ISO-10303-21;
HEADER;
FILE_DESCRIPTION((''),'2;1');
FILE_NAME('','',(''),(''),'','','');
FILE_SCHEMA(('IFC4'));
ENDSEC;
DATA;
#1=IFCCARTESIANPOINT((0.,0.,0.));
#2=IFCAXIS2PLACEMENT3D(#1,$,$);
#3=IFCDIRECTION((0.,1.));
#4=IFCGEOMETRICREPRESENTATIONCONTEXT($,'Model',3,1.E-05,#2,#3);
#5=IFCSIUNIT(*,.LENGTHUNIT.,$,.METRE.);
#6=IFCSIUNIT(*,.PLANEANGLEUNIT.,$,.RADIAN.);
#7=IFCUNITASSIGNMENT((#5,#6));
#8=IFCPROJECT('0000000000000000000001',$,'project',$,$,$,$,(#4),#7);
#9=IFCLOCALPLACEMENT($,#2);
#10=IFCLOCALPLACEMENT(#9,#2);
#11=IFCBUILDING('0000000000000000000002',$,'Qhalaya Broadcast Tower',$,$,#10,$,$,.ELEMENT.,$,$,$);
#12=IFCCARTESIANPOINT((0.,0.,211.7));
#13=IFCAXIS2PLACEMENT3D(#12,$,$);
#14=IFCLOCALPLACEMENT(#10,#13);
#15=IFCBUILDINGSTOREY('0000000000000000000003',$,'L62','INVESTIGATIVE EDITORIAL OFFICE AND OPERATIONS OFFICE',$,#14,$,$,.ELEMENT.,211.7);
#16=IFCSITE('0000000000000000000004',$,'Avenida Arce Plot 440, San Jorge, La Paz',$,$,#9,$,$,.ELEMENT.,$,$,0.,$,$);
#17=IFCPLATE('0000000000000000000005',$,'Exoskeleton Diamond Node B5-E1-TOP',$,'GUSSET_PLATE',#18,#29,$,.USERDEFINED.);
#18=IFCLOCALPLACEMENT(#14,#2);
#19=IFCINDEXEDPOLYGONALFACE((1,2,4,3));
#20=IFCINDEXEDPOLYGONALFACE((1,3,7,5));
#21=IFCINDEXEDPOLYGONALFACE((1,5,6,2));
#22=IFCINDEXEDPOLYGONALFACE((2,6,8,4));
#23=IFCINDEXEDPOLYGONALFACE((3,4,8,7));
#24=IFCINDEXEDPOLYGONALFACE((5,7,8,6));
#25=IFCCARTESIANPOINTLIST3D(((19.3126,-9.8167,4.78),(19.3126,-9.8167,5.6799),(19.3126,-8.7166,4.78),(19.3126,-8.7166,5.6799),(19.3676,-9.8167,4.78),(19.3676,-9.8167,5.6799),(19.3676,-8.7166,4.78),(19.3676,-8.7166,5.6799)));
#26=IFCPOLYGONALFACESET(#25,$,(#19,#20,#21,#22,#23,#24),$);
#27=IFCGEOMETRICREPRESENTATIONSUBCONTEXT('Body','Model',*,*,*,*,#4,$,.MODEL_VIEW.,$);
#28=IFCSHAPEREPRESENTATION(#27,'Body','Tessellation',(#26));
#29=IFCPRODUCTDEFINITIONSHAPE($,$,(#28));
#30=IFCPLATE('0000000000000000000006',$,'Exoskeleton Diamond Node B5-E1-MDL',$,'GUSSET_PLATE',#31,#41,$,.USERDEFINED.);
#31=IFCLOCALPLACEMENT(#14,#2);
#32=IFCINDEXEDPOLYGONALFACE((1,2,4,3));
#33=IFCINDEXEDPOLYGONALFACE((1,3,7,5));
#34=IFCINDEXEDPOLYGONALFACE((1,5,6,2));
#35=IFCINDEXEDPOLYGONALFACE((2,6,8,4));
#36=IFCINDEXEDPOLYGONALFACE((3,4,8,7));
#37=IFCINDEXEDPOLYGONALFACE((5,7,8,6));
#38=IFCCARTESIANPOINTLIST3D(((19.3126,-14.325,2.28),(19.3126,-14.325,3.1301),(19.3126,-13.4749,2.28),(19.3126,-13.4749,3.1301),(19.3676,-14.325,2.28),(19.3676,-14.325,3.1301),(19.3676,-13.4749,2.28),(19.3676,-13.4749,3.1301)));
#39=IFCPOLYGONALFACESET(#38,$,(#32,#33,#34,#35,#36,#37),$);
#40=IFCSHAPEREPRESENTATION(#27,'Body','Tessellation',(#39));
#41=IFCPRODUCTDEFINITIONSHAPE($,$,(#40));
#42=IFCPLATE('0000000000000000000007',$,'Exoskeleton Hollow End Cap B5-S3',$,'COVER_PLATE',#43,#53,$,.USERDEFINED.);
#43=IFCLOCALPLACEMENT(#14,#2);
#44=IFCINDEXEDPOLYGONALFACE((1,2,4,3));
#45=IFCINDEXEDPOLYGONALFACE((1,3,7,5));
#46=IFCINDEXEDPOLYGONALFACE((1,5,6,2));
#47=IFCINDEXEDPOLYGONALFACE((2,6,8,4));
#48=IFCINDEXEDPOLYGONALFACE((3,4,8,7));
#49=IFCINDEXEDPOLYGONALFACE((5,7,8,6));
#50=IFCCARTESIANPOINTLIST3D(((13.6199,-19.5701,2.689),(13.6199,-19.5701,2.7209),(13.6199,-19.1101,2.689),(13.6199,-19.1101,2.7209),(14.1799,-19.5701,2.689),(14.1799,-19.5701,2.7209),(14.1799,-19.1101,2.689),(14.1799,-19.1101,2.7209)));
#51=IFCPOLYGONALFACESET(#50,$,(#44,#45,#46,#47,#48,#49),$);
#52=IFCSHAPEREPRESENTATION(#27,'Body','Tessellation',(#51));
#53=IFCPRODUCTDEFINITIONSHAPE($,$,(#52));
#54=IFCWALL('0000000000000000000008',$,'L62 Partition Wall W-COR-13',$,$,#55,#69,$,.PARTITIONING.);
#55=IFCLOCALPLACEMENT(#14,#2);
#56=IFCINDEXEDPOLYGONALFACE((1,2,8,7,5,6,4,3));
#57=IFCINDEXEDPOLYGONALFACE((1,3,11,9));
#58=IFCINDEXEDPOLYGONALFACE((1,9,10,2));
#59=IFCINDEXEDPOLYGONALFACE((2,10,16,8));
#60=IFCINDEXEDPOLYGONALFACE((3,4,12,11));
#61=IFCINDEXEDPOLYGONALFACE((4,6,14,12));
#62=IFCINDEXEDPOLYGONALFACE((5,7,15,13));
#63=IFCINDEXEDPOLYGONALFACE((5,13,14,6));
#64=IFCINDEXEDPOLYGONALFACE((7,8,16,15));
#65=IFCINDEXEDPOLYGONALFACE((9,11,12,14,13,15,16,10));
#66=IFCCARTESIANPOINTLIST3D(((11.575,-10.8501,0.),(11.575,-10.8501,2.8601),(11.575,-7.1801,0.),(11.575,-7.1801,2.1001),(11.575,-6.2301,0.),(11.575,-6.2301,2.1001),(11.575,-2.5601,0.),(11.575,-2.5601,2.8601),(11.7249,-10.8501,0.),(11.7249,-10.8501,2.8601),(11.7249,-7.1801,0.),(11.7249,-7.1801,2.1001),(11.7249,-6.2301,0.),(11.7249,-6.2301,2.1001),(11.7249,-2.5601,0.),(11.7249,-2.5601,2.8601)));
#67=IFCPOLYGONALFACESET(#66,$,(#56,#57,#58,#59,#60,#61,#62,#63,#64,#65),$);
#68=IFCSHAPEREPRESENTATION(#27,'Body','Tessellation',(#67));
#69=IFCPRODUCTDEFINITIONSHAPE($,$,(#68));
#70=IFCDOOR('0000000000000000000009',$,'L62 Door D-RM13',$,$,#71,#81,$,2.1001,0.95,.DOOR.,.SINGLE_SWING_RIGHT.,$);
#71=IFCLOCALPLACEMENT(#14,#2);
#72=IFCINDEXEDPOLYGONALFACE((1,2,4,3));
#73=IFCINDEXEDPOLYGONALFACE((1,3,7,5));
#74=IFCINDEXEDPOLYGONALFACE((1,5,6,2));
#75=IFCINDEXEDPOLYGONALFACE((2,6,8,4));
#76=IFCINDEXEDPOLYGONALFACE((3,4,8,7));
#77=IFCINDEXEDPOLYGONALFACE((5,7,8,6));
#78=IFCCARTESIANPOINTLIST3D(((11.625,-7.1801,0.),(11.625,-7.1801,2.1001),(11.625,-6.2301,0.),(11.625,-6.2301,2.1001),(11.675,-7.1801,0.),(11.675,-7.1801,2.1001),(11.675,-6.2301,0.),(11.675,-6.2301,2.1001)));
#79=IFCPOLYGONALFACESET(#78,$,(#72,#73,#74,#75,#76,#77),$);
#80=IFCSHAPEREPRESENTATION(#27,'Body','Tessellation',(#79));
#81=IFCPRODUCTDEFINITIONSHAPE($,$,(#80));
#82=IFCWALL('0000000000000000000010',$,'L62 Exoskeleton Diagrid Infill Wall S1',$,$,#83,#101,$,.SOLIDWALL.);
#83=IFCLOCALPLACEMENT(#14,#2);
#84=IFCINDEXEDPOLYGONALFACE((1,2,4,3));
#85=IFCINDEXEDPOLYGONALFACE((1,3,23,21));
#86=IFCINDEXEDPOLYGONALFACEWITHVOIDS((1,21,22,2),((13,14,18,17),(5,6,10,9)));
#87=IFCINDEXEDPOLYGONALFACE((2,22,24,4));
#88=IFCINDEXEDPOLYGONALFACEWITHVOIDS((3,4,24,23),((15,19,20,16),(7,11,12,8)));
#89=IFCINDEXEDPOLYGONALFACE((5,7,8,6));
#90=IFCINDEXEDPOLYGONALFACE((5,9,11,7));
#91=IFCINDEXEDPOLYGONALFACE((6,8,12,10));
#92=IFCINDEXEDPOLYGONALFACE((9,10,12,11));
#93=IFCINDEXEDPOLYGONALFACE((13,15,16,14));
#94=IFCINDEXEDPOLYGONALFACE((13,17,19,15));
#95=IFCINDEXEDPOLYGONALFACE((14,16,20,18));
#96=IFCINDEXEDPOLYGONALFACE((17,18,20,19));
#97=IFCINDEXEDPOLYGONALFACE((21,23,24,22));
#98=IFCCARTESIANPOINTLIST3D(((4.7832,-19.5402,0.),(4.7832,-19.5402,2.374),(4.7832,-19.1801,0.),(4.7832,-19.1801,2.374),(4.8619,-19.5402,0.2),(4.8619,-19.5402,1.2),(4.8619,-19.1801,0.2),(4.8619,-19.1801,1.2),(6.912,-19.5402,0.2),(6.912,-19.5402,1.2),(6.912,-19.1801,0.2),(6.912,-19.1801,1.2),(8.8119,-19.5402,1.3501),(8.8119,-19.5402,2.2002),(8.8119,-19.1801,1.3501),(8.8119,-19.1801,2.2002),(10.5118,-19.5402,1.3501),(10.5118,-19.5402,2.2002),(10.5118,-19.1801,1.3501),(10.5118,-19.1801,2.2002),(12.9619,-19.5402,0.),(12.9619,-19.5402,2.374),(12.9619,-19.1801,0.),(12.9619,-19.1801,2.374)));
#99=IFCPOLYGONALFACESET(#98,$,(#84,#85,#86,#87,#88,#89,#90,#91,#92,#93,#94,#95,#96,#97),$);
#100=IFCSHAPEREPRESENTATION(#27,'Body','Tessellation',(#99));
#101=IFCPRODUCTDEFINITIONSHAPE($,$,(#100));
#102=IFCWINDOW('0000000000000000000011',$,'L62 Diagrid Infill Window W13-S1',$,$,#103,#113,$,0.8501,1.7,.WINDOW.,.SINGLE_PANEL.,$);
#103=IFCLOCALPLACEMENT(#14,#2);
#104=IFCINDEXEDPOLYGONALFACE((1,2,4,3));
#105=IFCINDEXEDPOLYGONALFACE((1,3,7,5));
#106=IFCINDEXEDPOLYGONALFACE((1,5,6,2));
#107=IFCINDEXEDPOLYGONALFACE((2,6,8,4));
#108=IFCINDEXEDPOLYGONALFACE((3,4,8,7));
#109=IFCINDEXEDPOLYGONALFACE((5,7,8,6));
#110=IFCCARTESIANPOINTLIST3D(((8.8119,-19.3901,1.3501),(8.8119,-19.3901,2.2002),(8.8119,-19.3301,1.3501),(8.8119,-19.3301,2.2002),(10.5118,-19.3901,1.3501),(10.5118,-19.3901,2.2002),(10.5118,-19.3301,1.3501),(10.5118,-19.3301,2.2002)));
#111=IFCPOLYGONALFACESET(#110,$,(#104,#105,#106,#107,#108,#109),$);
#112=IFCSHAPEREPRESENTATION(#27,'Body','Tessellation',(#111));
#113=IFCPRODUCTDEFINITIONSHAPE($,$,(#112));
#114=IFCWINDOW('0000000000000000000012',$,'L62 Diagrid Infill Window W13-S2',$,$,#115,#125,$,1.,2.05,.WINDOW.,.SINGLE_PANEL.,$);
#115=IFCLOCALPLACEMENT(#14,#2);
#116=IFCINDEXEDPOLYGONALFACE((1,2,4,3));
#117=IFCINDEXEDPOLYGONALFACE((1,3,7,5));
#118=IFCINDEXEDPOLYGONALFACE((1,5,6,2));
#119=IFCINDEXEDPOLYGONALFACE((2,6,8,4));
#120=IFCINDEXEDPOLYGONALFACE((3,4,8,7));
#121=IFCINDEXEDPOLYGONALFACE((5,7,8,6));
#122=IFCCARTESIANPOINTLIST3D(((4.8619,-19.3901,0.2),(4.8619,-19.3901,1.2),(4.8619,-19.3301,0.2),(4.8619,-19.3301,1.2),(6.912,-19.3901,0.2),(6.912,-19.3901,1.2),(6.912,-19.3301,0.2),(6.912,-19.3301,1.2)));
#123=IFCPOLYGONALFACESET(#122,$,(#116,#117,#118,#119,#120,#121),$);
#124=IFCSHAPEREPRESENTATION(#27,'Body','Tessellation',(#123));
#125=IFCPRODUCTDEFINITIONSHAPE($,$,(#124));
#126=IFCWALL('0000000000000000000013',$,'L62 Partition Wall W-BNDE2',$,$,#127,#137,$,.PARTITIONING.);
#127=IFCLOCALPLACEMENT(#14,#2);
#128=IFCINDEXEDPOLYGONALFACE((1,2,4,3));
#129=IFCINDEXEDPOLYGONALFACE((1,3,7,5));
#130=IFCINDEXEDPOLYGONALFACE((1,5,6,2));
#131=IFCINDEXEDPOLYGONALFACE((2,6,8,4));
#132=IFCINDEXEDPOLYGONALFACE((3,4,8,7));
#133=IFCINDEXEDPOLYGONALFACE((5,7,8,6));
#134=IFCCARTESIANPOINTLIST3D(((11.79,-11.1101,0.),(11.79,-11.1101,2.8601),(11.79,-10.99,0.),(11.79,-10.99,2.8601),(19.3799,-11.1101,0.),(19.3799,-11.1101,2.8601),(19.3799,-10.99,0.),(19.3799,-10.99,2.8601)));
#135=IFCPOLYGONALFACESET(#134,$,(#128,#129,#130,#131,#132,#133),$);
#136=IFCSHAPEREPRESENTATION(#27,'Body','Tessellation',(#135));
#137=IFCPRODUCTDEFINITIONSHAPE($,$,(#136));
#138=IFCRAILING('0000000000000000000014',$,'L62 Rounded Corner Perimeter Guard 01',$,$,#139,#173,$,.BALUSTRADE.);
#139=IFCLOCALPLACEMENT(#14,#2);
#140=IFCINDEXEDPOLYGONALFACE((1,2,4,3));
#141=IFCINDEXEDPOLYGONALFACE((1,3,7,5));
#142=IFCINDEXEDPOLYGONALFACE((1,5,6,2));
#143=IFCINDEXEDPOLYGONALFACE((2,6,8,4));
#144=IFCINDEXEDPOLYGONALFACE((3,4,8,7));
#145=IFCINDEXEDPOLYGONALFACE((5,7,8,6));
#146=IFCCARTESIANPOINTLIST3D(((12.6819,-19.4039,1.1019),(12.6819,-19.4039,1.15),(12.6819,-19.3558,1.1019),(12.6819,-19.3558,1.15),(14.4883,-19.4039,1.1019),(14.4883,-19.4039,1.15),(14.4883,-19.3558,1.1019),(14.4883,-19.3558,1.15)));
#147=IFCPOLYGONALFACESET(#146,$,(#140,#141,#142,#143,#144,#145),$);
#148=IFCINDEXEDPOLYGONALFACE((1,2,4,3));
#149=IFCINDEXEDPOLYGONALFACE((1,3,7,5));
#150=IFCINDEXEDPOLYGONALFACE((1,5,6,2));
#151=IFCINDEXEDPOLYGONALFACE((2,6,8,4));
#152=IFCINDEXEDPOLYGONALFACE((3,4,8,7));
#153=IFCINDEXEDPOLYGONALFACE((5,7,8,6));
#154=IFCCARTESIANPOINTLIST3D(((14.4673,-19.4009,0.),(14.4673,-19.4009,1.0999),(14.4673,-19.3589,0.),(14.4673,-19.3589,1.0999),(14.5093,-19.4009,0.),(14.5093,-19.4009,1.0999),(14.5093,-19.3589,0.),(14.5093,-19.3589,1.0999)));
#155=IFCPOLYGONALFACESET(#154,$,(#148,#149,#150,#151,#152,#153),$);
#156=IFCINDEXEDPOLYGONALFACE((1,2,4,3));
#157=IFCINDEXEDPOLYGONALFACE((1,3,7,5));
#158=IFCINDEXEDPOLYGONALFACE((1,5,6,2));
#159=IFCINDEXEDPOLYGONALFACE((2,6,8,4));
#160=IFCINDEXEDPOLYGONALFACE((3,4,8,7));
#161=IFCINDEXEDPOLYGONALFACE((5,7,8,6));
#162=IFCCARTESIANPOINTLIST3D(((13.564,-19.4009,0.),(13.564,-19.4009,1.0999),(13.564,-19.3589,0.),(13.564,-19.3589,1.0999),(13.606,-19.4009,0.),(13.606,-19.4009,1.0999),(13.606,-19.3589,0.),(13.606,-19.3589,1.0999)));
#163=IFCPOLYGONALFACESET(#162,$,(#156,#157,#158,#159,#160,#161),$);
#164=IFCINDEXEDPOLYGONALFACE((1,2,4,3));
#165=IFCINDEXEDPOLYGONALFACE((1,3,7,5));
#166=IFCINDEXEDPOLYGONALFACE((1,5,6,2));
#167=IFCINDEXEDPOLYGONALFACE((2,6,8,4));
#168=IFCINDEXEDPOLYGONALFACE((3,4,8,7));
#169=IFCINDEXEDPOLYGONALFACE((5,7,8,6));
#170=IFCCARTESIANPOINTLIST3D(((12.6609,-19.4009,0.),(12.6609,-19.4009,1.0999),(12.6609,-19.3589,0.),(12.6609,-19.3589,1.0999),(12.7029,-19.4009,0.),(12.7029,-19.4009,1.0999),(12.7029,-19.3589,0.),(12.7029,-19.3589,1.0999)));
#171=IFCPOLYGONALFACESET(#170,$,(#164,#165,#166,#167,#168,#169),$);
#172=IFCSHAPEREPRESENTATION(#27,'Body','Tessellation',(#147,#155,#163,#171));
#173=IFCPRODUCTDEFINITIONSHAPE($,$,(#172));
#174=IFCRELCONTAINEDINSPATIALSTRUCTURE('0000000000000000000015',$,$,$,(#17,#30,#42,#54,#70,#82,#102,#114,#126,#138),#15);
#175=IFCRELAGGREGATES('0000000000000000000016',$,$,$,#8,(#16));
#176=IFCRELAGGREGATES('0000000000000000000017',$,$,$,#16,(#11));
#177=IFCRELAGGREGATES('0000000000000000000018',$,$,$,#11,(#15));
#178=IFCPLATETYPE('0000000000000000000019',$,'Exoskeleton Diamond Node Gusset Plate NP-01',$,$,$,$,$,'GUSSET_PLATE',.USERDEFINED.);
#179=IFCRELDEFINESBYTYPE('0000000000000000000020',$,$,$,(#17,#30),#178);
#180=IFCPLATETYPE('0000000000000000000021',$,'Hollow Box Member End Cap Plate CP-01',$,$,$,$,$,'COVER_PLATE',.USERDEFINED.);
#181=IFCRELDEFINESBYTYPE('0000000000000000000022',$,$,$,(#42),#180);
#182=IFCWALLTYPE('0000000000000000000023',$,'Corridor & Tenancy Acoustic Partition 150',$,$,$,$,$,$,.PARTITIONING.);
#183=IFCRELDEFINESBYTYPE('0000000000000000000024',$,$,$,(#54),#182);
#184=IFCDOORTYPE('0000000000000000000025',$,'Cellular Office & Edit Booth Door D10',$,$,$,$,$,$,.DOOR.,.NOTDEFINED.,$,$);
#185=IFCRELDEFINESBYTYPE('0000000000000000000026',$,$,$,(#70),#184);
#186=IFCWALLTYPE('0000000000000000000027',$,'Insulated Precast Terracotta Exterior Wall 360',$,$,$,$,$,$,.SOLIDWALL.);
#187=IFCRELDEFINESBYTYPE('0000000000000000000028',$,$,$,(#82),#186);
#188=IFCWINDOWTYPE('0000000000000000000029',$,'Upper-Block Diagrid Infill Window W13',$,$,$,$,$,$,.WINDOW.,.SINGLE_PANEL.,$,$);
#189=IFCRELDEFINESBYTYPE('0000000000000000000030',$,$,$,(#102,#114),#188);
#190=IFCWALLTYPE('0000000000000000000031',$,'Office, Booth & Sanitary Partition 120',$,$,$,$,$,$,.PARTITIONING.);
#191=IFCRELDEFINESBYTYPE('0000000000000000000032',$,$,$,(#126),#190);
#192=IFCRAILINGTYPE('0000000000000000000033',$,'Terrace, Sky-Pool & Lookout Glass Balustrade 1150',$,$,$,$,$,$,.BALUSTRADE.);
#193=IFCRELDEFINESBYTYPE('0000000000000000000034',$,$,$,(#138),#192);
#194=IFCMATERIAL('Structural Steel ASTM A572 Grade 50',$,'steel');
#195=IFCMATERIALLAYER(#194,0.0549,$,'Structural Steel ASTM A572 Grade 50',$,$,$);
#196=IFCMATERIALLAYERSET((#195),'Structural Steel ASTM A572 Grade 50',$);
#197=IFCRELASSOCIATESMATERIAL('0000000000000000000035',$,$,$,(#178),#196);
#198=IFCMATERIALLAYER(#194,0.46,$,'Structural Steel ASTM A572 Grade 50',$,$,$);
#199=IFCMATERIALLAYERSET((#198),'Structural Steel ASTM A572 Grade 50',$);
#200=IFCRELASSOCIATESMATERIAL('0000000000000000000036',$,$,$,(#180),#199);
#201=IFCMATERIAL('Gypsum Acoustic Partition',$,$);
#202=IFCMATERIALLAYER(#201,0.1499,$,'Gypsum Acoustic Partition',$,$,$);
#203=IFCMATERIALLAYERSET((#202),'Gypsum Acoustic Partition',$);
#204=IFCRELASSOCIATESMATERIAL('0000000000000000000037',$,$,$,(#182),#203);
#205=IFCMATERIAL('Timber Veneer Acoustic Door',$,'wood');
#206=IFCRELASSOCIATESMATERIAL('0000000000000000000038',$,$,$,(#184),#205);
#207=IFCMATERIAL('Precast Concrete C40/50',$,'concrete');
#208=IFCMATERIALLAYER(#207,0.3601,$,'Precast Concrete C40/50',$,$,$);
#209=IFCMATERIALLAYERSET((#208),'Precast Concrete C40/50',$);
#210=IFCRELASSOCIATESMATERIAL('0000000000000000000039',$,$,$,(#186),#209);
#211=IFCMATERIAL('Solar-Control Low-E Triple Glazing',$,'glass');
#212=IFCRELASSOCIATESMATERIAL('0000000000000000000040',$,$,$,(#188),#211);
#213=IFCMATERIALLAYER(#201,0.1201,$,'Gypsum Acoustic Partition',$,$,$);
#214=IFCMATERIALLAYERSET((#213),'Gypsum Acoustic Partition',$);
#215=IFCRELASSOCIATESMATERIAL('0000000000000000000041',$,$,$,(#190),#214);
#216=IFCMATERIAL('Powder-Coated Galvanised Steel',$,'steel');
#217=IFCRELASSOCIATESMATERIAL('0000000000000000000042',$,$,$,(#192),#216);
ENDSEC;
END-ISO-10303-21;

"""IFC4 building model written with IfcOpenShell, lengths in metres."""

from ifc_helpers import new_model, si_unit, direction, frame, frame_2d, origin, origin_2d, place, context, subcontext, project, spatial, rectangle, extrude, material, layer, layer_set, type_object, element, fill, save


model = new_model("IFC4")

# Units and contexts
model_context = context("Model", 3, precision=1e-05, world=origin(), true_north=direction((0.0, 1.0)))
body_context = subcontext(model_context, "Body", "Model", "MODEL_VIEW")
ifc_project = project(units=[si_unit("LENGTHUNIT", "METRE"), si_unit("PLANEANGLEUNIT", "RADIAN")], contexts=[model_context])

# Site, building, storey
site_placement = place(None, origin())
site = spatial("IfcSite", under=ifc_project, at=site_placement, Name="Avenida Arce Plot 440, San Jorge, La Paz", CompositionType="ELEMENT", RefElevation=0.0)
building_placement = place(site_placement, origin())
building = spatial("IfcBuilding", under=site, at=building_placement, Name="Qhalaya Broadcast Tower", CompositionType="ELEMENT")
storey_placement = place(building_placement, frame((0.0, 0.0, 211.7)))
storey = spatial("IfcBuildingStorey", under=building, at=storey_placement, Name="L62", Description="INVESTIGATIVE EDITORIAL OFFICE AND OPERATIONS OFFICE", CompositionType="ELEMENT", Elevation=211.7)

# Shared definitions
ifc_material_1 = material(Name="Structural Steel ASTM A572 Grade 50", Category="steel")

# Plates
ifc_layer_1 = layer(ifc_material_1, 0.0549, Name="Structural Steel ASTM A572 Grade 50")
ifc_layer_set_1 = layer_set([ifc_layer_1], Name="Structural Steel ASTM A572 Grade 50")
plate_type_1 = type_object("IfcPlateType", Name="Exoskeleton Diamond Node Gusset Plate NP-01", ElementType="GUSSET_PLATE", PredefinedType="USERDEFINED", material=ifc_layer_set_1)
for number, where, z_axis, x_axis, name in (
    (1, (19.3401, -9.2666, 4.78), (0.0, 0.0, 1.0), (0.0, 1.0, 0.0), "Exoskeleton Diamond Node B5-E1-TOP"),
):
    element("IfcPlate", number, at=place(storey_placement, frame(where, z_axis=z_axis, x_axis=x_axis)), inside=storey, type_object=plate_type_1, Name=name, ObjectType="GUSSET_PLATE", PredefinedType="USERDEFINED", context=body_context, shape_type="SweptSolid", body=[
        extrude(rectangle(XDim=1.1001, YDim=0.0549, at=origin_2d()), origin(), (0.0, 0.0, 1.0), 0.8999),
    ])
plate_1_placement = place(storey_placement, frame((19.3401, -13.8999, 2.28), z_axis=(0.0, 0.0, 1.0), x_axis=(0.0, 1.0, 0.0)))
element("IfcPlate", 2, at=plate_1_placement, inside=storey, type_object=plate_type_1, Name="Exoskeleton Diamond Node B5-E1-MDL", ObjectType="GUSSET_PLATE", PredefinedType="USERDEFINED", context=body_context, shape_type="SweptSolid", body=[
    extrude(rectangle(XDim=0.8501, YDim=0.0549, at=origin_2d()), origin(), (0.0, 0.0, 1.0), 0.8501),
])
ifc_layer_2 = layer(ifc_material_1, 0.46, Name="Structural Steel ASTM A572 Grade 50")
ifc_layer_set_2 = layer_set([ifc_layer_2], Name="Structural Steel ASTM A572 Grade 50")
plate_type_2 = type_object("IfcPlateType", Name="Hollow Box Member End Cap Plate CP-01", ElementType="COVER_PLATE", PredefinedType="USERDEFINED", material=ifc_layer_set_2)
plate_2_placement = place(storey_placement, frame((13.8999, -19.3401, 2.689), z_axis=(0.0, 0.0, 1.0), x_axis=(1.0, 0.0, 0.0)))
element("IfcPlate", 3, at=plate_2_placement, inside=storey, type_object=plate_type_2, Name="Exoskeleton Hollow End Cap B5-S3", ObjectType="COVER_PLATE", PredefinedType="USERDEFINED", context=body_context, shape_type="SweptSolid", body=[
    extrude(rectangle(XDim=0.5601, YDim=0.46, at=origin_2d()), origin(), (0.0, 0.0, 1.0), 0.032),
])

# Wall, opening, door
ifc_material_2 = material(Name="Gypsum Acoustic Partition")
ifc_layer_3 = layer(ifc_material_2, 0.1499, Name="Gypsum Acoustic Partition")
ifc_layer_set_3 = layer_set([ifc_layer_3], Name="Gypsum Acoustic Partition")
wall_type_1 = type_object("IfcWallType", Name="Corridor & Tenancy Acoustic Partition 150", PredefinedType="PARTITIONING", material=ifc_layer_set_3)
wall_1_placement = place(storey_placement, frame((11.6499, -10.8501, 0.0), z_axis=(0.0, 0.0, 1.0), x_axis=(0.0, 1.0, 0.0)))
wall_1 = element("IfcWall", 4, at=wall_1_placement, inside=storey, type_object=wall_type_1, Name="L62 Partition Wall W-COR-13", PredefinedType="PARTITIONING", context=body_context, shape_type="SweptSolid", body=[
    extrude(rectangle(XDim=8.29, YDim=0.1499, at=frame_2d((4.145, 0.0))), origin(), (0.0, 0.0, 1.0), 2.8601),
])
opening_1_placement = place(wall_1_placement, frame((3.6699, 0.0, 0.0)))
opening_1 = element("IfcOpeningElement", 5, at=opening_1_placement, cuts=wall_1, PredefinedType="OPENING", context=body_context, shape_type="SweptSolid", body=[
    extrude(rectangle(XDim=0.95, YDim=2.1001, at=frame_2d((0.4751, 1.05))), frame((0.0, 0.0869, 0.0), z_axis=(0.0, -1.0, 0.0), x_axis=(1.0, 0.0, 0.0)), (0.0, 0.0, 1.0), 0.1738),
])
ifc_material_3 = material(Name="Timber Veneer Acoustic Door", Category="wood")
door_type = type_object("IfcDoorType", Name="Cellular Office & Edit Booth Door D10", OperationType="NOTDEFINED", PredefinedType="DOOR", material=ifc_material_3)
door_placement = place(opening_1_placement, origin())
door = element("IfcDoor", 6, at=door_placement, inside=storey, type_object=door_type, Name="L62 Door D-RM13", OperationType="SINGLE_SWING_RIGHT", OverallHeight=2.1001, OverallWidth=0.95, PredefinedType="DOOR", context=body_context, shape_type="SweptSolid", body=[
    extrude(rectangle(XDim=0.95, YDim=2.1001, at=frame_2d((0.4751, 1.05))), frame((0.0, 0.0249, 0.0), z_axis=(0.0, -1.0, 0.0), x_axis=(1.0, 0.0, 0.0)), (0.0, 0.0, 1.0), 0.05),
])
fill(opening_1, door)

# Wall, openings, windows
ifc_material_4 = material(Name="Precast Concrete C40/50", Category="concrete")
ifc_layer_4 = layer(ifc_material_4, 0.3601, Name="Precast Concrete C40/50")
ifc_layer_set_4 = layer_set([ifc_layer_4], Name="Precast Concrete C40/50")
wall_type_2 = type_object("IfcWallType", Name="Insulated Precast Terracotta Exterior Wall 360", PredefinedType="SOLIDWALL", material=ifc_layer_set_4)
wall_2_placement = place(storey_placement, frame((12.9619, -19.3601, 0.0), z_axis=(0.0, 0.0, 1.0), x_axis=(-1.0, 0.0, 0.0)))
wall_2 = element("IfcWall", 7, at=wall_2_placement, inside=storey, type_object=wall_type_2, Name="L62 Exoskeleton Diagrid Infill Wall S1", PredefinedType="SOLIDWALL", context=body_context, shape_type="SweptSolid", body=[
    extrude(rectangle(XDim=8.1787, YDim=0.3601, at=frame_2d((4.0894, 0.0))), origin(), (0.0, 0.0, 1.0), 2.374),
])
opening_2_placement = place(wall_2_placement, frame((2.45, 0.0, 1.3501)))
opening_2 = element("IfcOpeningElement", 8, at=opening_2_placement, cuts=wall_2, PredefinedType="OPENING", context=body_context, shape_type="SweptSolid", body=[
    extrude(rectangle(XDim=1.7, YDim=0.8501, at=frame_2d((0.8501, 0.425))), frame((0.0, 0.1921, 0.0), z_axis=(0.0, -1.0, 0.0), x_axis=(1.0, 0.0, 0.0)), (0.0, 0.0, 1.0), 0.384),
])
opening_3_placement = place(wall_2_placement, frame((6.05, 0.0, 0.2)))
opening_3 = element("IfcOpeningElement", 9, at=opening_3_placement, cuts=wall_2, PredefinedType="OPENING", context=body_context, shape_type="SweptSolid", body=[
    extrude(rectangle(XDim=2.05, YDim=1.0, at=frame_2d((1.0249, 0.5))), frame((0.0, 0.1921, 0.0), z_axis=(0.0, -1.0, 0.0), x_axis=(1.0, 0.0, 0.0)), (0.0, 0.0, 1.0), 0.384),
])
ifc_material_5 = material(Name="Solar-Control Low-E Triple Glazing", Category="glass")
window_type = type_object("IfcWindowType", Name="Upper-Block Diagrid Infill Window W13", PartitioningType="SINGLE_PANEL", PredefinedType="WINDOW", material=ifc_material_5)
window_1_placement = place(opening_2_placement, origin())
window_1 = element("IfcWindow", 10, at=window_1_placement, inside=storey, type_object=window_type, Name="L62 Diagrid Infill Window W13-S1", OverallHeight=0.8501, OverallWidth=1.7, PartitioningType="SINGLE_PANEL", PredefinedType="WINDOW", context=body_context, shape_type="SweptSolid", body=[
    extrude(rectangle(XDim=1.7, YDim=0.8501, at=frame_2d((0.8501, 0.425))), frame((0.0, 0.03, 0.0), z_axis=(0.0, -1.0, 0.0), x_axis=(1.0, 0.0, 0.0)), (0.0, 0.0, 1.0), 0.0601),
])
fill(opening_2, window_1)
window_2_placement = place(opening_3_placement, origin())
window_2 = element("IfcWindow", 11, at=window_2_placement, inside=storey, type_object=window_type, Name="L62 Diagrid Infill Window W13-S2", OverallHeight=1.0, OverallWidth=2.05, PartitioningType="SINGLE_PANEL", PredefinedType="WINDOW", context=body_context, shape_type="SweptSolid", body=[
    extrude(rectangle(XDim=2.05, YDim=1.0, at=frame_2d((1.0249, 0.5))), frame((0.0, 0.03, 0.0), z_axis=(0.0, -1.0, 0.0), x_axis=(1.0, 0.0, 0.0)), (0.0, 0.0, 1.0), 0.0601),
])
fill(opening_3, window_2)

# Wall
ifc_layer_5 = layer(ifc_material_2, 0.1201, Name="Gypsum Acoustic Partition")
ifc_layer_set_5 = layer_set([ifc_layer_5], Name="Gypsum Acoustic Partition")
wall_type_3 = type_object("IfcWallType", Name="Office, Booth & Sanitary Partition 120", PredefinedType="PARTITIONING", material=ifc_layer_set_5)
wall_3_placement = place(storey_placement, frame((11.79, -11.05, 0.0), z_axis=(0.0, 0.0, 1.0), x_axis=(1.0, 0.0, 0.0)))
element("IfcWall", 12, at=wall_3_placement, inside=storey, type_object=wall_type_3, Name="L62 Partition Wall W-BNDE2", PredefinedType="PARTITIONING", context=body_context, shape_type="SweptSolid", body=[
    extrude(rectangle(XDim=7.5898, YDim=0.1201, at=frame_2d((3.7949, 0.0))), origin(), (0.0, 0.0, 1.0), 2.8601),
])

# Railing
ifc_material_6 = material(Name="Powder-Coated Galvanised Steel", Category="steel")
railing_type = type_object("IfcRailingType", Name="Terrace, Sky-Pool & Lookout Glass Balustrade 1150", PredefinedType="BALUSTRADE", material=ifc_material_6)
railing_1_placement = place(storey_placement, frame((14.4883, -19.3799, 0.0)))
element("IfcRailing", 13, at=railing_1_placement, inside=storey, type_object=railing_type, Name="L62 Rounded Corner Perimeter Guard 01", PredefinedType="BALUSTRADE", context=body_context, shape_type="SweptSolid", body=[
    extrude(rectangle(XDim=0.0481, YDim=0.0481, at=origin_2d()), frame((0.0, 0.0, 1.126), z_axis=(-1.0, 0.0, 0.0), x_axis=(0.0, -1.0, 0.0)), (0.0, 0.0, 1.0), 1.8064),
    extrude(rectangle(XDim=0.042, YDim=0.042, at=origin_2d()), origin(), (0.0, 0.0, 1.0), 1.0999),
    extrude(rectangle(XDim=0.042, YDim=0.042, at=origin_2d()), frame((-0.9033, 0.0, 0.0)), (0.0, 0.0, 1.0), 1.0999),
    extrude(rectangle(XDim=0.042, YDim=0.042, at=origin_2d()), frame((-1.8064, 0.0, 0.0)), (0.0, 0.0, 1.0), 1.0999),
])

save(model, "model.ifc")
